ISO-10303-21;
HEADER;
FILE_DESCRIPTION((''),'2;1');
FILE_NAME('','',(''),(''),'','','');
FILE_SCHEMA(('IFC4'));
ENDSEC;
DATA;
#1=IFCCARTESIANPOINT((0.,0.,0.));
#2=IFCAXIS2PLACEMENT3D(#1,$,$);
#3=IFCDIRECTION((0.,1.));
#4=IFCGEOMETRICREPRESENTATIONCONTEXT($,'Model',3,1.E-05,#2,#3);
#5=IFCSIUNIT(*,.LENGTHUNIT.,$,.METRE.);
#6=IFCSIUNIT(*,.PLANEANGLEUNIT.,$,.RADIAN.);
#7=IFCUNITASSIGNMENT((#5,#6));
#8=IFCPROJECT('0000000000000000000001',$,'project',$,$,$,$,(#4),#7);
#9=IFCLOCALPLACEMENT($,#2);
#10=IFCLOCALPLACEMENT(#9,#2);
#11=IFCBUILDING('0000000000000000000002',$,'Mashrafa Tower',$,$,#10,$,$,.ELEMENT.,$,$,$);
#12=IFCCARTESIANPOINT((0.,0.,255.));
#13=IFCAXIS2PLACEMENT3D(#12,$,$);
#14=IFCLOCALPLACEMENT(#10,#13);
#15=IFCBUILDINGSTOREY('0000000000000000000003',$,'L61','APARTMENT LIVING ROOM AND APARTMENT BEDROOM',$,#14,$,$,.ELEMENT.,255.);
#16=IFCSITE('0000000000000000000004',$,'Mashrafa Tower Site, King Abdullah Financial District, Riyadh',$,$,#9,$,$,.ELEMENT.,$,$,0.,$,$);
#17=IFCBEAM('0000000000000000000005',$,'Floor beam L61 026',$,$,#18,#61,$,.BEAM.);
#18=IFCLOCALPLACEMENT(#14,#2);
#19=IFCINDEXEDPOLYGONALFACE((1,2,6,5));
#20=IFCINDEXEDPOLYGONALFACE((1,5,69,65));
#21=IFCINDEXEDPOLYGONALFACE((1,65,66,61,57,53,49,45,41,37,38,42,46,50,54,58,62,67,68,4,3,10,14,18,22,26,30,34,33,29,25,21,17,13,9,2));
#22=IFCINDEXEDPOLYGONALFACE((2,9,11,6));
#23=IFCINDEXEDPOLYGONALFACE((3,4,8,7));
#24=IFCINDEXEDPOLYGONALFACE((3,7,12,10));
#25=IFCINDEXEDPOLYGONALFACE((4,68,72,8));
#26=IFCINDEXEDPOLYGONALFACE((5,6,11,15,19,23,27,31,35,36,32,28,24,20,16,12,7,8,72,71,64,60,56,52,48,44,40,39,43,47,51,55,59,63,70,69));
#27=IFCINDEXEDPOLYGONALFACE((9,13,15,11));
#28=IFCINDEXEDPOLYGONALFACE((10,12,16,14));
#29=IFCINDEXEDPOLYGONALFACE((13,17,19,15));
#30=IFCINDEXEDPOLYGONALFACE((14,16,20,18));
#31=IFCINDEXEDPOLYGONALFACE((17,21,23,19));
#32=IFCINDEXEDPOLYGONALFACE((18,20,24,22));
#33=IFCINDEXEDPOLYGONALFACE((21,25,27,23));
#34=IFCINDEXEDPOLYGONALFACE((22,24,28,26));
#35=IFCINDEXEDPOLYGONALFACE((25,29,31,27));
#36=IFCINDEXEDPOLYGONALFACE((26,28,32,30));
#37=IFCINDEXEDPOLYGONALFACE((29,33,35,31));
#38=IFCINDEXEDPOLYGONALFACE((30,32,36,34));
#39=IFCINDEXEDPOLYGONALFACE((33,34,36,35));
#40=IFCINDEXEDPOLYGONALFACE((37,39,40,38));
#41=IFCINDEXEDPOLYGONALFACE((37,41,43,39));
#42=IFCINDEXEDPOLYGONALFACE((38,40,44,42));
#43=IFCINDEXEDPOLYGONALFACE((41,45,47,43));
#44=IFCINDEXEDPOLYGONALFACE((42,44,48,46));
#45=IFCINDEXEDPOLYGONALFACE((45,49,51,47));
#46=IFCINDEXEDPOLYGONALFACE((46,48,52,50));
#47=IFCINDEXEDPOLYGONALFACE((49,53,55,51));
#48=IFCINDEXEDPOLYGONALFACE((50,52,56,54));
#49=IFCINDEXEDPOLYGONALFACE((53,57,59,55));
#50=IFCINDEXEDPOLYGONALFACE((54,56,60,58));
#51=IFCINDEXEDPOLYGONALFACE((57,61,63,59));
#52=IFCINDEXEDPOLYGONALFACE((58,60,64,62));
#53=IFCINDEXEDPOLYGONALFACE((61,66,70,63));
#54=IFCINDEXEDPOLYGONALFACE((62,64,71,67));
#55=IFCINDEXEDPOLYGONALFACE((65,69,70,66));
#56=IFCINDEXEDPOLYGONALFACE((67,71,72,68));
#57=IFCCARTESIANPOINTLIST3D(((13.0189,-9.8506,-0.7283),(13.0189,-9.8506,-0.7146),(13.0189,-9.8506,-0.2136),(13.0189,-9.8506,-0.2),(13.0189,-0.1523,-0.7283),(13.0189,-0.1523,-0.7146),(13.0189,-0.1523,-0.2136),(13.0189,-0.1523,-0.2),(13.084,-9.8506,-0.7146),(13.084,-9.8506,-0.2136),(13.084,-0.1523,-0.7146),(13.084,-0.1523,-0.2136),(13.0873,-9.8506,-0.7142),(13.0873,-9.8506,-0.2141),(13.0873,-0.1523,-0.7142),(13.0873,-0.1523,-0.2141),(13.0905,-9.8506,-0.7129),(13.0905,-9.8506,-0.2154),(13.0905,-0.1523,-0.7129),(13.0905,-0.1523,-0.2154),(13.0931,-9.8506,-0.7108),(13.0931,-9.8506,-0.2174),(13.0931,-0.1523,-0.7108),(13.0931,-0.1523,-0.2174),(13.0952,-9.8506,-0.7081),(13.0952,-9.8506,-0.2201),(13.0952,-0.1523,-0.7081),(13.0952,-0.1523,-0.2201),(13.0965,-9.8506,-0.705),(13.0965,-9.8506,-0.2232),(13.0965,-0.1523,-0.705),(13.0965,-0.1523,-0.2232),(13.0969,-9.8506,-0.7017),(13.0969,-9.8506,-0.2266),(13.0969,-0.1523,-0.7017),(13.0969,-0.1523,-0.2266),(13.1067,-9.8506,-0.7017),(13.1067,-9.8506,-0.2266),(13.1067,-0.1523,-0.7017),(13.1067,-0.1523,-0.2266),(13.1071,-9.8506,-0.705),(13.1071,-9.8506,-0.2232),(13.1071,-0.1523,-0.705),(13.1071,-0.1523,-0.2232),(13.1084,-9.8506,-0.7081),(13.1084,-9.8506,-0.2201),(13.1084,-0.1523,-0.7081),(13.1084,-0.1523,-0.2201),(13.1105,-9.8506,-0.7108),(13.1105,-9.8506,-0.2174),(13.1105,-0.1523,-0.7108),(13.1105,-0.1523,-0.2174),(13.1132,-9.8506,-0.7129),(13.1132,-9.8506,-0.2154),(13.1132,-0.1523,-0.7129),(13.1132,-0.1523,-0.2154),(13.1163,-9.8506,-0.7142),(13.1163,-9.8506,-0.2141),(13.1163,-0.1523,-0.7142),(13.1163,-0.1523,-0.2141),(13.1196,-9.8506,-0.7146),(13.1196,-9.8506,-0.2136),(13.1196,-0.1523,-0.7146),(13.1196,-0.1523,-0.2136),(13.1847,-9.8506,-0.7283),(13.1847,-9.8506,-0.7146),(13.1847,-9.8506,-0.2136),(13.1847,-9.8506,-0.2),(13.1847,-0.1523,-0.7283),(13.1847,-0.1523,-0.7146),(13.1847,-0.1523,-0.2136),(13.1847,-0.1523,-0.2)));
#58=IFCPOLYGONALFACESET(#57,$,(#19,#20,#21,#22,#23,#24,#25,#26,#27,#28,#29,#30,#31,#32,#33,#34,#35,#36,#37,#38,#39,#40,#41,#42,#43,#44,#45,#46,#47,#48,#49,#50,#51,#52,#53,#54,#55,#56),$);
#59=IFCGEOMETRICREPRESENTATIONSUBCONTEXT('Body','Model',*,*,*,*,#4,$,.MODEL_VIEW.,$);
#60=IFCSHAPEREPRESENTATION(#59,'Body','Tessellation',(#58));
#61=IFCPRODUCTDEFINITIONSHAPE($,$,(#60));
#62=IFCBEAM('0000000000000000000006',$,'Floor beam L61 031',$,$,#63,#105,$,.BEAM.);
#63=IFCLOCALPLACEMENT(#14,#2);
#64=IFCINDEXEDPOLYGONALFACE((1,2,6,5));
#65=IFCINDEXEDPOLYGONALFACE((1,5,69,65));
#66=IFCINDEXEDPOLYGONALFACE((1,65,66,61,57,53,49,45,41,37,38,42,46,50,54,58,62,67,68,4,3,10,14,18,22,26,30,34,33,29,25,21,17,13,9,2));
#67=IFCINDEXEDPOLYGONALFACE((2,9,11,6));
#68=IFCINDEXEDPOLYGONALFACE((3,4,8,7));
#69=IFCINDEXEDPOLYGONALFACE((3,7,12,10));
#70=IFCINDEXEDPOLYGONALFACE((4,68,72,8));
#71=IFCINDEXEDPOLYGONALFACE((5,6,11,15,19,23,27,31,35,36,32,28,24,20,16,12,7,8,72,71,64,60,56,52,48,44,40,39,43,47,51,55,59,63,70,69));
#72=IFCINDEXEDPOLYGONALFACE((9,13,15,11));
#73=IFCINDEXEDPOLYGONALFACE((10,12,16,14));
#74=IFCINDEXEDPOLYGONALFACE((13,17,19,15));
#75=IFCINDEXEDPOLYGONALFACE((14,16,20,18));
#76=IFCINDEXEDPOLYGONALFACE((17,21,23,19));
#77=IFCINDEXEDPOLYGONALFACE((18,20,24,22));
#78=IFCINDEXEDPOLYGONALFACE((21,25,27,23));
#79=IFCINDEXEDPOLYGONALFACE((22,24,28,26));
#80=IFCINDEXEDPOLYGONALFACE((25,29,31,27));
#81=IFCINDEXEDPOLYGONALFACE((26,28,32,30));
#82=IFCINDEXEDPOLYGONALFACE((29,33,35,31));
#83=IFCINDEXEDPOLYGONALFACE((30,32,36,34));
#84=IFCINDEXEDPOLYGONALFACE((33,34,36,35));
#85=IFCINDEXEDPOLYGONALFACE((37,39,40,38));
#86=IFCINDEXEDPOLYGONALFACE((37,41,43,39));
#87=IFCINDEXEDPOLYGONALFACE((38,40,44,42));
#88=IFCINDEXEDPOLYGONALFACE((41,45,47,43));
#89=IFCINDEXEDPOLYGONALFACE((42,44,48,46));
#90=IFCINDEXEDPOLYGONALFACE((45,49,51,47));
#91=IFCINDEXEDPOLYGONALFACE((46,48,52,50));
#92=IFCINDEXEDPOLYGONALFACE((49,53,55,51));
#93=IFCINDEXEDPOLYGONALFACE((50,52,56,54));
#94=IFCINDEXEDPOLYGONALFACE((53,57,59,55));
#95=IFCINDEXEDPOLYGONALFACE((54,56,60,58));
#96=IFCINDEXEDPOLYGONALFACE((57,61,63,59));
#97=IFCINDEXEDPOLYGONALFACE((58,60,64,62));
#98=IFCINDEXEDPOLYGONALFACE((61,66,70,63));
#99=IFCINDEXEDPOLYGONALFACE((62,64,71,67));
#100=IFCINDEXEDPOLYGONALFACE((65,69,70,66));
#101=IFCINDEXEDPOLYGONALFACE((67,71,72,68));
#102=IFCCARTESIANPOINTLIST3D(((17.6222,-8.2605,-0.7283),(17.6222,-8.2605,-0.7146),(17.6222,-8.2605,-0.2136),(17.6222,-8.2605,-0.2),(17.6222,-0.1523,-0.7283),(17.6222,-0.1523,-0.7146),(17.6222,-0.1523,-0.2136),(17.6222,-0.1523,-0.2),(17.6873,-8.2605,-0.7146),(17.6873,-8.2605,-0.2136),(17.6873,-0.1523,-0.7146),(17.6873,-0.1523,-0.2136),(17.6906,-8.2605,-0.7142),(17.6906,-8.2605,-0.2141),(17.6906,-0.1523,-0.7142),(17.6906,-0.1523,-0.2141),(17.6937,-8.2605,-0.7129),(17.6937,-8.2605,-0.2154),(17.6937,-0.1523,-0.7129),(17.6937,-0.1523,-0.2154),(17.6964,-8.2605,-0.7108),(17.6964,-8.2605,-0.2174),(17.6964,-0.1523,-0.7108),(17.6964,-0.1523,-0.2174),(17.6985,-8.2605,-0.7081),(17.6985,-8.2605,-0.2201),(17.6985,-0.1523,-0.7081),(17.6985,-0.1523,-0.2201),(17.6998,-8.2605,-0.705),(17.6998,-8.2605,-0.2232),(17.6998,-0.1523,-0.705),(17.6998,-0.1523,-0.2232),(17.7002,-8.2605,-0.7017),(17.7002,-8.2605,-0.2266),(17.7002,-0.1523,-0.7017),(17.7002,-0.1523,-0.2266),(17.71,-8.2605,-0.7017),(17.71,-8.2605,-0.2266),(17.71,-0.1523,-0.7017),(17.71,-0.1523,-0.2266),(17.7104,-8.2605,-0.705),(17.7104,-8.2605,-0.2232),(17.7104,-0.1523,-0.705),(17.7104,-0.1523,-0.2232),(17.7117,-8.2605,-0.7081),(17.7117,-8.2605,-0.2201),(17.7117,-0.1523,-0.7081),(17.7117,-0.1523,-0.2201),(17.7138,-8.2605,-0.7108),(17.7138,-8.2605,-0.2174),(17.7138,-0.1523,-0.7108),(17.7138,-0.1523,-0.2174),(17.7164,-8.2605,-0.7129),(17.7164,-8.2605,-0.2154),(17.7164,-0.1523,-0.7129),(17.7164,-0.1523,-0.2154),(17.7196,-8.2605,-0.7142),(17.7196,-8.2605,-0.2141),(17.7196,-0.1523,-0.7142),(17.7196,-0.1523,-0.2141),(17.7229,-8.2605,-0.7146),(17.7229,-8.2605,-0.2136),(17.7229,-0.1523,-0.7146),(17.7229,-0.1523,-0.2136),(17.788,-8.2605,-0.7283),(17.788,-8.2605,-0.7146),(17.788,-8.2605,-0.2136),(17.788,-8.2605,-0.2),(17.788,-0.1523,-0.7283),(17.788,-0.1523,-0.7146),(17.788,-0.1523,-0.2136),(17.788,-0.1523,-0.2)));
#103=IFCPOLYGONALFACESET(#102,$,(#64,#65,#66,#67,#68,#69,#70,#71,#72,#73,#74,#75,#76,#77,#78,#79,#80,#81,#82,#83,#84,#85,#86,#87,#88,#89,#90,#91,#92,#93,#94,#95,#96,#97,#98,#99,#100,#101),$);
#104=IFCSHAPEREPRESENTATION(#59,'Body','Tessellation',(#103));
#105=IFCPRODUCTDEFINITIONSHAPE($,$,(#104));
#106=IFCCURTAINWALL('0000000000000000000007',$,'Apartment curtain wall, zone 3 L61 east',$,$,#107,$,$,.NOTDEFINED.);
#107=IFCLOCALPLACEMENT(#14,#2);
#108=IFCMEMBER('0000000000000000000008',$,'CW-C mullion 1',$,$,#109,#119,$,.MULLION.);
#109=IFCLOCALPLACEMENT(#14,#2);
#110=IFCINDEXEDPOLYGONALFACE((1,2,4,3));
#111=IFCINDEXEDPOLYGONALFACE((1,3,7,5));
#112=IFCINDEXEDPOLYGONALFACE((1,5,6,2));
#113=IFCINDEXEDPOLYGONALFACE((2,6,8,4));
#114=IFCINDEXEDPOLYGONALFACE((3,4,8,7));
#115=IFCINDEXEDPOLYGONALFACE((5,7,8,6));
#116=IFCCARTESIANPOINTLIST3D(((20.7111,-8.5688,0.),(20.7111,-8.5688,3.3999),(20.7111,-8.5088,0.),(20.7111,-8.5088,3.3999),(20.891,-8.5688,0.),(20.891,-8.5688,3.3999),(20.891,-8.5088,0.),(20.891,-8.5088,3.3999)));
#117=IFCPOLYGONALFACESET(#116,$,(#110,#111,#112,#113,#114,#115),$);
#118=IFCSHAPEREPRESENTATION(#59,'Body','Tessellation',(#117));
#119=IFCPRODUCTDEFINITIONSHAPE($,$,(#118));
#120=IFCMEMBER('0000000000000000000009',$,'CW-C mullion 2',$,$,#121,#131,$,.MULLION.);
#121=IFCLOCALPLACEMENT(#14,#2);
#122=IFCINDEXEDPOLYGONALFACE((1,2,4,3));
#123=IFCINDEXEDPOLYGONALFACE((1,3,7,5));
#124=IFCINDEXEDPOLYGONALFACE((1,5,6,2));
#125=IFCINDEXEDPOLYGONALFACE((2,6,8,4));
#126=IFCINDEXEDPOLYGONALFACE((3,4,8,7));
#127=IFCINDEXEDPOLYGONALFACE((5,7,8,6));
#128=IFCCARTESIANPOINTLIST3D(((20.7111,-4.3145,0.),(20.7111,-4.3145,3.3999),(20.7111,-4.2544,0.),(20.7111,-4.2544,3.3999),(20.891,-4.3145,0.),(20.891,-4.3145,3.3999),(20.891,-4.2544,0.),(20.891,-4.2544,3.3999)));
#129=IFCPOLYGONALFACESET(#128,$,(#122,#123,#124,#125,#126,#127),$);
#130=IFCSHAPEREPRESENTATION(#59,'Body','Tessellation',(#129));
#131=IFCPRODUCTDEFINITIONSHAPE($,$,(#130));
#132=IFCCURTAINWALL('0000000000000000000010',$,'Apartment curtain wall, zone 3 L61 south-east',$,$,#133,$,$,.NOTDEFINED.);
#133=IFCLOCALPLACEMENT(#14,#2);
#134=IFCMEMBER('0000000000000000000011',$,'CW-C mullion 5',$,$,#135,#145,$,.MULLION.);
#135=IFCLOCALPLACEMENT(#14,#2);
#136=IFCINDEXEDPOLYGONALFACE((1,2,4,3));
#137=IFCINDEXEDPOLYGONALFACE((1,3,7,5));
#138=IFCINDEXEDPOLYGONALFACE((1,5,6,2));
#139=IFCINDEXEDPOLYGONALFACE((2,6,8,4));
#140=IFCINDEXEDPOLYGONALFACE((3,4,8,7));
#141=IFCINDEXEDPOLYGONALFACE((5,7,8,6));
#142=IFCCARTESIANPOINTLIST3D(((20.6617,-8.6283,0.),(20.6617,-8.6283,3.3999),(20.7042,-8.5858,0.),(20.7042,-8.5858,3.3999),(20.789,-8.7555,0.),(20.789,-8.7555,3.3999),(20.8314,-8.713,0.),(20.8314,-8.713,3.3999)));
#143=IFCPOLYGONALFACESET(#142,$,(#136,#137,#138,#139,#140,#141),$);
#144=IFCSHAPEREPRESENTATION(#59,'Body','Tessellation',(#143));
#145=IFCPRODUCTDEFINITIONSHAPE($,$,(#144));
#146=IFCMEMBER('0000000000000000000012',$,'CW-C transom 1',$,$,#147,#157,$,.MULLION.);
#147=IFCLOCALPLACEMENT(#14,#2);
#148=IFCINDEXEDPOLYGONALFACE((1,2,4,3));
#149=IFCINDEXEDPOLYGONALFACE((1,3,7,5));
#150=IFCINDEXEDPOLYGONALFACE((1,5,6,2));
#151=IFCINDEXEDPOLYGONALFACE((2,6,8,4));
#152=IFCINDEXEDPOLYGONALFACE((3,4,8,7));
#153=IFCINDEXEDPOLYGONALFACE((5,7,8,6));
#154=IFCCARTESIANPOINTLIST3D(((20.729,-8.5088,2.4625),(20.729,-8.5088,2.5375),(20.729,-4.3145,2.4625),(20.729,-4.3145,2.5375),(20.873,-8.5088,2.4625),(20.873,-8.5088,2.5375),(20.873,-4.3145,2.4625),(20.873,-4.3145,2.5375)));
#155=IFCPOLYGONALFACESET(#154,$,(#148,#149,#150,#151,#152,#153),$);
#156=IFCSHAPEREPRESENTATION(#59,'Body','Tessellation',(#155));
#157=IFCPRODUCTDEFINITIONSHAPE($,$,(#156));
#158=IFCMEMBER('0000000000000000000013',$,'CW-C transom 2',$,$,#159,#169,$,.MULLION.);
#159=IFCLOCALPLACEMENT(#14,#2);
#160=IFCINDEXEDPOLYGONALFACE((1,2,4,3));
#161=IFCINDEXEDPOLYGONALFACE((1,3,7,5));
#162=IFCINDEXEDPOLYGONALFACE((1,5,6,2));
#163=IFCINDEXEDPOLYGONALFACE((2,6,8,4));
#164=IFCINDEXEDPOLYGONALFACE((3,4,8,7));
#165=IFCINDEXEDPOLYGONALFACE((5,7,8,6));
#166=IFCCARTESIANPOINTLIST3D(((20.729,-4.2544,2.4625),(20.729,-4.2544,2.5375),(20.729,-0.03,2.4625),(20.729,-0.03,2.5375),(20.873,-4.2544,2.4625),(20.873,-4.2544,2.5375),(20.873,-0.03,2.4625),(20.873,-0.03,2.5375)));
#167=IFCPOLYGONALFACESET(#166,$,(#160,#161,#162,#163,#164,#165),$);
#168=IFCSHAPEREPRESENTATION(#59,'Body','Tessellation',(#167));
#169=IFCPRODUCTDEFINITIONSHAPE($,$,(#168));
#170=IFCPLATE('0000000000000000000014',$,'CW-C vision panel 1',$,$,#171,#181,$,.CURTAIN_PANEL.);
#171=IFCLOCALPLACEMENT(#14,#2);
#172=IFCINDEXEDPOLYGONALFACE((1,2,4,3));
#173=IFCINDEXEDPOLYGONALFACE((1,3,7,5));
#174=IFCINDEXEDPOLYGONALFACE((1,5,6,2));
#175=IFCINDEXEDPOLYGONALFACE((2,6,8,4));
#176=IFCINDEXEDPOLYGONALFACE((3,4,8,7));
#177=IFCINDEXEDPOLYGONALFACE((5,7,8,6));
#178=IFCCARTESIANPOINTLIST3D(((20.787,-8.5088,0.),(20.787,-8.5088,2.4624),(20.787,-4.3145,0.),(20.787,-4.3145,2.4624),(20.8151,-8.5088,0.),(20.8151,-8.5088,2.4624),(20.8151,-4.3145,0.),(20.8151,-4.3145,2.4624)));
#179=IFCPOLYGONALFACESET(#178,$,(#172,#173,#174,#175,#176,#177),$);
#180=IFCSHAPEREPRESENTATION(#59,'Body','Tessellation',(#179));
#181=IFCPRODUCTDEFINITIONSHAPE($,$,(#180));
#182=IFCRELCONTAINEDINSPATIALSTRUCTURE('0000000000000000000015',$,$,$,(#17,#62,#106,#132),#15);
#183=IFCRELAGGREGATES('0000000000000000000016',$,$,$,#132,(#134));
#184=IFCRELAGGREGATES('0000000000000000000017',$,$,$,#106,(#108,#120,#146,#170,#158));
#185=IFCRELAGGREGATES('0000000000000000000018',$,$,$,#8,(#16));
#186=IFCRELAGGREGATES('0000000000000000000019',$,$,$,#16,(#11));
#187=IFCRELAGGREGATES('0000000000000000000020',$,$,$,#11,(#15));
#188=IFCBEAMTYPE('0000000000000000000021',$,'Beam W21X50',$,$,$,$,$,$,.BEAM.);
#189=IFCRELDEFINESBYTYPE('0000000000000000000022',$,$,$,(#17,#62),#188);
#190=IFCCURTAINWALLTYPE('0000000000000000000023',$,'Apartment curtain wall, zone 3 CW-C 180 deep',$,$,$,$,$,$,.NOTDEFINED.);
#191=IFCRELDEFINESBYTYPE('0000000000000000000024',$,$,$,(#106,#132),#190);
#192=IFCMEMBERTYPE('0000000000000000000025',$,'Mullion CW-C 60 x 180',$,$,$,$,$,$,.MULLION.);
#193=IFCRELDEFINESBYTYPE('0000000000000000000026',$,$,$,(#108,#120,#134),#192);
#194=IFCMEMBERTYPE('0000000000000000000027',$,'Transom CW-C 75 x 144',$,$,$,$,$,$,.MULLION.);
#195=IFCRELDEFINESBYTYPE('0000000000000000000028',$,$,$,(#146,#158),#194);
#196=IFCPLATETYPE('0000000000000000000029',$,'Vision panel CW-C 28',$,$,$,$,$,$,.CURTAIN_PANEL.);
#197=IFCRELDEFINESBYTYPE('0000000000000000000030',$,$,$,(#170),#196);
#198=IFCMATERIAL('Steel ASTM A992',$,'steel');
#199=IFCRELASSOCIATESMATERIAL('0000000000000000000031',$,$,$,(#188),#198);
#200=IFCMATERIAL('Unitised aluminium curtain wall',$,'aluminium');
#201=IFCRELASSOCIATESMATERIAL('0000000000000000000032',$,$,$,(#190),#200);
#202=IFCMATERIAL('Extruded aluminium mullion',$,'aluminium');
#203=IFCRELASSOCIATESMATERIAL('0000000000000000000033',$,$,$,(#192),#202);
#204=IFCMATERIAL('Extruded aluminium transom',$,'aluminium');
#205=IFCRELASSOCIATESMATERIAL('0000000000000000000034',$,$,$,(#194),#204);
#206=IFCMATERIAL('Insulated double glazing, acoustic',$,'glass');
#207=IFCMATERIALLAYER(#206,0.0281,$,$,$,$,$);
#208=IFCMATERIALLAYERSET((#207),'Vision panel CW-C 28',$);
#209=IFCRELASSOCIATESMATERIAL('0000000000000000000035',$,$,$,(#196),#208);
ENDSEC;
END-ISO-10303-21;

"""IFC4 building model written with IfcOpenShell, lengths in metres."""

from ifc_helpers import new_model, si_unit, direction, frame, origin, origin_2d, place, context, subcontext, project, spatial, rectangle, i_section, extrude, source, transform, mapped, material, layer, layer_set, material_profile, profile_set, type_object, type_shapes, element, aggregate, save


model = new_model("IFC4")

# Units and contexts
model_context = context("Model", 3, precision=1e-05, world=origin(), true_north=direction((0.0, 1.0)))
body_context = subcontext(model_context, "Body", "Model", "MODEL_VIEW")
ifc_project = project(units=[si_unit("LENGTHUNIT", "METRE"), si_unit("PLANEANGLEUNIT", "RADIAN")], contexts=[model_context])

# Site, building, storey
site_placement = place(None, origin())
site = spatial("IfcSite", under=ifc_project, at=site_placement, Name="Mashrafa Tower Site, King Abdullah Financial District, Riyadh", CompositionType="ELEMENT", RefElevation=0.0)
building_placement = place(site_placement, origin())
building = spatial("IfcBuilding", under=site, at=building_placement, Name="Mashrafa Tower", CompositionType="ELEMENT")
storey_placement = place(building_placement, frame((0.0, 0.0, 255.0)))
storey = spatial("IfcBuildingStorey", under=building, at=storey_placement, Name="L61", Description="APARTMENT LIVING ROOM AND APARTMENT BEDROOM", CompositionType="ELEMENT", Elevation=255.0)

# Beams
ifc_material_1 = material(Name="Steel ASTM A992", Category="steel")
ifc_material_profile_1 = material_profile(ifc_material_1, i_section(OverallWidth=0.1658, OverallDepth=0.5283, WebThickness=0.0098, FlangeThickness=0.0137, FilletRadius=0.0129, at=origin_2d()), Name="W21X50")
ifc_profile_set_1 = profile_set([ifc_material_profile_1], Name="Steel ASTM A992")
beam_type_1 = type_object("IfcBeamType", Name="Beam W21X50", PredefinedType="BEAM", material=ifc_profile_set_1)
beam_1_placement = place(storey_placement, frame((13.1018, -0.1523, -0.4641), z_axis=(0.0, -1.0, 0.0), x_axis=(1.0, 0.0, 0.0)))
element("IfcBeam", 1, at=beam_1_placement, inside=storey, type_object=beam_type_1, Name="Floor beam L61 026", PredefinedType="BEAM", context=body_context, shape_type="SweptSolid", body=[
    extrude(i_section(OverallWidth=0.1658, OverallDepth=0.5283, WebThickness=0.0098, FlangeThickness=0.0137, FilletRadius=0.0129, at=origin_2d()), origin(), (0.0, 0.0, 1.0), 9.6982),
])
beam_2_placement = place(storey_placement, frame((17.7051, -0.1523, -0.4641), z_axis=(0.0, -1.0, 0.0), x_axis=(1.0, 0.0, 0.0)))
element("IfcBeam", 2, at=beam_2_placement, inside=storey, type_object=beam_type_1, Name="Floor beam L61 031", PredefinedType="BEAM", context=body_context, shape_type="SweptSolid", body=[
    extrude(i_section(OverallWidth=0.1658, OverallDepth=0.5283, WebThickness=0.0098, FlangeThickness=0.0137, FilletRadius=0.0129, at=origin_2d()), origin(), (0.0, 0.0, 1.0), 8.1082),
])

# Curtain wall, members
ifc_material_2 = material(Name="Unitised aluminium curtain wall", Category="aluminium")
curtain_wall_type = type_object("IfcCurtainWallType", Name="Apartment curtain wall, zone 3 CW-C 180 deep", PredefinedType="NOTDEFINED", material=ifc_material_2)
curtain_wall_1_placement = place(storey_placement, origin())
curtain_wall_1 = element("IfcCurtainWall", 3, at=curtain_wall_1_placement, inside=storey, type_object=curtain_wall_type, Name="Apartment curtain wall, zone 3 L61 east", PredefinedType="NOTDEFINED")
ifc_material_3 = material(Name="Extruded aluminium mullion", Category="aluminium")
ifc_material_profile_2 = material_profile(ifc_material_3, rectangle(XDim=0.1799, YDim=0.0601, at=origin_2d()), Name="Mullion 60x180")
ifc_profile_set_2 = profile_set([ifc_material_profile_2], Name="Extruded aluminium mullion")
member_type_1 = type_object("IfcMemberType", Name="Mullion CW-C 60 x 180", PredefinedType="MULLION", material=ifc_profile_set_2)
shared_shape_1 = source(origin(), body_context, "Body", "SweptSolid", [
    extrude(rectangle(XDim=0.1799, YDim=0.0601, at=origin_2d()), origin(), (0.0, 0.0, 1.0), 3.3999),
])
type_shapes(member_type_1, [shared_shape_1])
member_1_placement = place(storey_placement, frame((20.801, -8.5388, 0.0), z_axis=(0.0, 0.0, 1.0), x_axis=(-1.0, 0.0, 0.0)))
member_1 = element("IfcMember", 4, at=member_1_placement, type_object=member_type_1, Name="CW-C mullion 1", PredefinedType="MULLION", context=body_context, shape_type="MappedRepresentation", body=[
    mapped(shared_shape_1, transform((0.0, 0.0, 0.0))),
])
member_2_placement = place(storey_placement, frame((20.801, -4.2844, 0.0), z_axis=(0.0, 0.0, 1.0), x_axis=(-1.0, 0.0, 0.0)))
member_2 = element("IfcMember", 5, at=member_2_placement, type_object=member_type_1, Name="CW-C mullion 2", PredefinedType="MULLION", context=body_context, shape_type="MappedRepresentation", body=[
    mapped(shared_shape_1, transform((0.0, 0.0, 0.0))),
])

# Curtain wall, member
curtain_wall_2_placement = place(storey_placement, origin())
curtain_wall_2 = element("IfcCurtainWall", 6, at=curtain_wall_2_placement, inside=storey, type_object=curtain_wall_type, Name="Apartment curtain wall, zone 3 L61 south-east", PredefinedType="NOTDEFINED")
member_3_placement = place(storey_placement, frame((20.7466, -8.6707, 0.0), z_axis=(0.0, 0.0, 1.0), x_axis=(-0.707107, 0.707107, 0.0)))
member_3 = element("IfcMember", 7, at=member_3_placement, type_object=member_type_1, Name="CW-C mullion 5", PredefinedType="MULLION", context=body_context, shape_type="MappedRepresentation", body=[
    mapped(shared_shape_1, transform((0.0, 0.0, 0.0))),
])
aggregate(curtain_wall_2, [member_3])

# Members
ifc_material_4 = material(Name="Extruded aluminium transom", Category="aluminium")
ifc_material_profile_3 = material_profile(ifc_material_4, rectangle(XDim=0.144, YDim=0.075, at=origin_2d()), Name="Transom 75x144")
ifc_profile_set_3 = profile_set([ifc_material_profile_3], Name="Extruded aluminium transom")
member_type_2 = type_object("IfcMemberType", Name="Transom CW-C 75 x 144", PredefinedType="MULLION", material=ifc_profile_set_3)
shared_shape_2 = source(origin(), body_context, "Body", "SweptSolid", [
    extrude(rectangle(XDim=0.144, YDim=0.075, at=origin_2d()), origin(), (0.0, 0.0, 1.0), 4.1943),
])
member_4_placement = place(storey_placement, frame((20.801, -8.5088, 2.5), z_axis=(0.0, 1.0, 0.0), x_axis=(-1.0, 0.0, 0.0)))
member_4 = element("IfcMember", 8, at=member_4_placement, type_object=member_type_2, Name="CW-C transom 1", PredefinedType="MULLION", context=body_context, shape_type="MappedRepresentation", body=[
    mapped(shared_shape_2, transform((0.0, 0.0, 0.0))),
])
shared_shape_3 = source(origin(), body_context, "Body", "SweptSolid", [
    extrude(rectangle(XDim=0.144, YDim=0.075, at=origin_2d()), origin(), (0.0, 0.0, 1.0), 4.2244),
])
type_shapes(member_type_2, [shared_shape_2, shared_shape_3])
member_5_placement = place(storey_placement, frame((20.801, -4.2544, 2.5), z_axis=(0.0, 1.0, 0.0), x_axis=(-1.0, 0.0, 0.0)))
member_5 = element("IfcMember", 9, at=member_5_placement, type_object=member_type_2, Name="CW-C transom 2", PredefinedType="MULLION", context=body_context, shape_type="MappedRepresentation", body=[
    mapped(shared_shape_3, transform((0.0, 0.0, 0.0))),
])

# Plate
ifc_material_5 = material(Name="Insulated double glazing, acoustic", Category="glass")
ifc_layer_1 = layer(ifc_material_5, 0.0281)
ifc_layer_set_1 = layer_set([ifc_layer_1], Name="Vision panel CW-C 28")
plate_type_1 = type_object("IfcPlateType", Name="Vision panel CW-C 28", PredefinedType="CURTAIN_PANEL", material=ifc_layer_set_1)
shared_shape_4 = source(origin(), body_context, "Body", "SweptSolid", [
    extrude(rectangle(XDim=4.1943, YDim=0.0281, at=origin_2d()), origin(), (0.0, 0.0, 1.0), 2.4624),
])
plate_1_placement = place(storey_placement, frame((20.801, -6.4116, 0.0), z_axis=(0.0, 0.0, 1.0), x_axis=(0.0, 1.0, 0.0)))
plate_1 = element("IfcPlate", 10, at=plate_1_placement, type_object=plate_type_1, Name="CW-C vision panel 1", PredefinedType="CURTAIN_PANEL", context=body_context, shape_type="MappedRepresentation", body=[
    mapped(shared_shape_4, transform((0.0, 0.0, 0.0))),
])
aggregate(curtain_wall_1, [member_1, member_2, member_4, plate_1, member_5])

save(model, "model.ifc")
